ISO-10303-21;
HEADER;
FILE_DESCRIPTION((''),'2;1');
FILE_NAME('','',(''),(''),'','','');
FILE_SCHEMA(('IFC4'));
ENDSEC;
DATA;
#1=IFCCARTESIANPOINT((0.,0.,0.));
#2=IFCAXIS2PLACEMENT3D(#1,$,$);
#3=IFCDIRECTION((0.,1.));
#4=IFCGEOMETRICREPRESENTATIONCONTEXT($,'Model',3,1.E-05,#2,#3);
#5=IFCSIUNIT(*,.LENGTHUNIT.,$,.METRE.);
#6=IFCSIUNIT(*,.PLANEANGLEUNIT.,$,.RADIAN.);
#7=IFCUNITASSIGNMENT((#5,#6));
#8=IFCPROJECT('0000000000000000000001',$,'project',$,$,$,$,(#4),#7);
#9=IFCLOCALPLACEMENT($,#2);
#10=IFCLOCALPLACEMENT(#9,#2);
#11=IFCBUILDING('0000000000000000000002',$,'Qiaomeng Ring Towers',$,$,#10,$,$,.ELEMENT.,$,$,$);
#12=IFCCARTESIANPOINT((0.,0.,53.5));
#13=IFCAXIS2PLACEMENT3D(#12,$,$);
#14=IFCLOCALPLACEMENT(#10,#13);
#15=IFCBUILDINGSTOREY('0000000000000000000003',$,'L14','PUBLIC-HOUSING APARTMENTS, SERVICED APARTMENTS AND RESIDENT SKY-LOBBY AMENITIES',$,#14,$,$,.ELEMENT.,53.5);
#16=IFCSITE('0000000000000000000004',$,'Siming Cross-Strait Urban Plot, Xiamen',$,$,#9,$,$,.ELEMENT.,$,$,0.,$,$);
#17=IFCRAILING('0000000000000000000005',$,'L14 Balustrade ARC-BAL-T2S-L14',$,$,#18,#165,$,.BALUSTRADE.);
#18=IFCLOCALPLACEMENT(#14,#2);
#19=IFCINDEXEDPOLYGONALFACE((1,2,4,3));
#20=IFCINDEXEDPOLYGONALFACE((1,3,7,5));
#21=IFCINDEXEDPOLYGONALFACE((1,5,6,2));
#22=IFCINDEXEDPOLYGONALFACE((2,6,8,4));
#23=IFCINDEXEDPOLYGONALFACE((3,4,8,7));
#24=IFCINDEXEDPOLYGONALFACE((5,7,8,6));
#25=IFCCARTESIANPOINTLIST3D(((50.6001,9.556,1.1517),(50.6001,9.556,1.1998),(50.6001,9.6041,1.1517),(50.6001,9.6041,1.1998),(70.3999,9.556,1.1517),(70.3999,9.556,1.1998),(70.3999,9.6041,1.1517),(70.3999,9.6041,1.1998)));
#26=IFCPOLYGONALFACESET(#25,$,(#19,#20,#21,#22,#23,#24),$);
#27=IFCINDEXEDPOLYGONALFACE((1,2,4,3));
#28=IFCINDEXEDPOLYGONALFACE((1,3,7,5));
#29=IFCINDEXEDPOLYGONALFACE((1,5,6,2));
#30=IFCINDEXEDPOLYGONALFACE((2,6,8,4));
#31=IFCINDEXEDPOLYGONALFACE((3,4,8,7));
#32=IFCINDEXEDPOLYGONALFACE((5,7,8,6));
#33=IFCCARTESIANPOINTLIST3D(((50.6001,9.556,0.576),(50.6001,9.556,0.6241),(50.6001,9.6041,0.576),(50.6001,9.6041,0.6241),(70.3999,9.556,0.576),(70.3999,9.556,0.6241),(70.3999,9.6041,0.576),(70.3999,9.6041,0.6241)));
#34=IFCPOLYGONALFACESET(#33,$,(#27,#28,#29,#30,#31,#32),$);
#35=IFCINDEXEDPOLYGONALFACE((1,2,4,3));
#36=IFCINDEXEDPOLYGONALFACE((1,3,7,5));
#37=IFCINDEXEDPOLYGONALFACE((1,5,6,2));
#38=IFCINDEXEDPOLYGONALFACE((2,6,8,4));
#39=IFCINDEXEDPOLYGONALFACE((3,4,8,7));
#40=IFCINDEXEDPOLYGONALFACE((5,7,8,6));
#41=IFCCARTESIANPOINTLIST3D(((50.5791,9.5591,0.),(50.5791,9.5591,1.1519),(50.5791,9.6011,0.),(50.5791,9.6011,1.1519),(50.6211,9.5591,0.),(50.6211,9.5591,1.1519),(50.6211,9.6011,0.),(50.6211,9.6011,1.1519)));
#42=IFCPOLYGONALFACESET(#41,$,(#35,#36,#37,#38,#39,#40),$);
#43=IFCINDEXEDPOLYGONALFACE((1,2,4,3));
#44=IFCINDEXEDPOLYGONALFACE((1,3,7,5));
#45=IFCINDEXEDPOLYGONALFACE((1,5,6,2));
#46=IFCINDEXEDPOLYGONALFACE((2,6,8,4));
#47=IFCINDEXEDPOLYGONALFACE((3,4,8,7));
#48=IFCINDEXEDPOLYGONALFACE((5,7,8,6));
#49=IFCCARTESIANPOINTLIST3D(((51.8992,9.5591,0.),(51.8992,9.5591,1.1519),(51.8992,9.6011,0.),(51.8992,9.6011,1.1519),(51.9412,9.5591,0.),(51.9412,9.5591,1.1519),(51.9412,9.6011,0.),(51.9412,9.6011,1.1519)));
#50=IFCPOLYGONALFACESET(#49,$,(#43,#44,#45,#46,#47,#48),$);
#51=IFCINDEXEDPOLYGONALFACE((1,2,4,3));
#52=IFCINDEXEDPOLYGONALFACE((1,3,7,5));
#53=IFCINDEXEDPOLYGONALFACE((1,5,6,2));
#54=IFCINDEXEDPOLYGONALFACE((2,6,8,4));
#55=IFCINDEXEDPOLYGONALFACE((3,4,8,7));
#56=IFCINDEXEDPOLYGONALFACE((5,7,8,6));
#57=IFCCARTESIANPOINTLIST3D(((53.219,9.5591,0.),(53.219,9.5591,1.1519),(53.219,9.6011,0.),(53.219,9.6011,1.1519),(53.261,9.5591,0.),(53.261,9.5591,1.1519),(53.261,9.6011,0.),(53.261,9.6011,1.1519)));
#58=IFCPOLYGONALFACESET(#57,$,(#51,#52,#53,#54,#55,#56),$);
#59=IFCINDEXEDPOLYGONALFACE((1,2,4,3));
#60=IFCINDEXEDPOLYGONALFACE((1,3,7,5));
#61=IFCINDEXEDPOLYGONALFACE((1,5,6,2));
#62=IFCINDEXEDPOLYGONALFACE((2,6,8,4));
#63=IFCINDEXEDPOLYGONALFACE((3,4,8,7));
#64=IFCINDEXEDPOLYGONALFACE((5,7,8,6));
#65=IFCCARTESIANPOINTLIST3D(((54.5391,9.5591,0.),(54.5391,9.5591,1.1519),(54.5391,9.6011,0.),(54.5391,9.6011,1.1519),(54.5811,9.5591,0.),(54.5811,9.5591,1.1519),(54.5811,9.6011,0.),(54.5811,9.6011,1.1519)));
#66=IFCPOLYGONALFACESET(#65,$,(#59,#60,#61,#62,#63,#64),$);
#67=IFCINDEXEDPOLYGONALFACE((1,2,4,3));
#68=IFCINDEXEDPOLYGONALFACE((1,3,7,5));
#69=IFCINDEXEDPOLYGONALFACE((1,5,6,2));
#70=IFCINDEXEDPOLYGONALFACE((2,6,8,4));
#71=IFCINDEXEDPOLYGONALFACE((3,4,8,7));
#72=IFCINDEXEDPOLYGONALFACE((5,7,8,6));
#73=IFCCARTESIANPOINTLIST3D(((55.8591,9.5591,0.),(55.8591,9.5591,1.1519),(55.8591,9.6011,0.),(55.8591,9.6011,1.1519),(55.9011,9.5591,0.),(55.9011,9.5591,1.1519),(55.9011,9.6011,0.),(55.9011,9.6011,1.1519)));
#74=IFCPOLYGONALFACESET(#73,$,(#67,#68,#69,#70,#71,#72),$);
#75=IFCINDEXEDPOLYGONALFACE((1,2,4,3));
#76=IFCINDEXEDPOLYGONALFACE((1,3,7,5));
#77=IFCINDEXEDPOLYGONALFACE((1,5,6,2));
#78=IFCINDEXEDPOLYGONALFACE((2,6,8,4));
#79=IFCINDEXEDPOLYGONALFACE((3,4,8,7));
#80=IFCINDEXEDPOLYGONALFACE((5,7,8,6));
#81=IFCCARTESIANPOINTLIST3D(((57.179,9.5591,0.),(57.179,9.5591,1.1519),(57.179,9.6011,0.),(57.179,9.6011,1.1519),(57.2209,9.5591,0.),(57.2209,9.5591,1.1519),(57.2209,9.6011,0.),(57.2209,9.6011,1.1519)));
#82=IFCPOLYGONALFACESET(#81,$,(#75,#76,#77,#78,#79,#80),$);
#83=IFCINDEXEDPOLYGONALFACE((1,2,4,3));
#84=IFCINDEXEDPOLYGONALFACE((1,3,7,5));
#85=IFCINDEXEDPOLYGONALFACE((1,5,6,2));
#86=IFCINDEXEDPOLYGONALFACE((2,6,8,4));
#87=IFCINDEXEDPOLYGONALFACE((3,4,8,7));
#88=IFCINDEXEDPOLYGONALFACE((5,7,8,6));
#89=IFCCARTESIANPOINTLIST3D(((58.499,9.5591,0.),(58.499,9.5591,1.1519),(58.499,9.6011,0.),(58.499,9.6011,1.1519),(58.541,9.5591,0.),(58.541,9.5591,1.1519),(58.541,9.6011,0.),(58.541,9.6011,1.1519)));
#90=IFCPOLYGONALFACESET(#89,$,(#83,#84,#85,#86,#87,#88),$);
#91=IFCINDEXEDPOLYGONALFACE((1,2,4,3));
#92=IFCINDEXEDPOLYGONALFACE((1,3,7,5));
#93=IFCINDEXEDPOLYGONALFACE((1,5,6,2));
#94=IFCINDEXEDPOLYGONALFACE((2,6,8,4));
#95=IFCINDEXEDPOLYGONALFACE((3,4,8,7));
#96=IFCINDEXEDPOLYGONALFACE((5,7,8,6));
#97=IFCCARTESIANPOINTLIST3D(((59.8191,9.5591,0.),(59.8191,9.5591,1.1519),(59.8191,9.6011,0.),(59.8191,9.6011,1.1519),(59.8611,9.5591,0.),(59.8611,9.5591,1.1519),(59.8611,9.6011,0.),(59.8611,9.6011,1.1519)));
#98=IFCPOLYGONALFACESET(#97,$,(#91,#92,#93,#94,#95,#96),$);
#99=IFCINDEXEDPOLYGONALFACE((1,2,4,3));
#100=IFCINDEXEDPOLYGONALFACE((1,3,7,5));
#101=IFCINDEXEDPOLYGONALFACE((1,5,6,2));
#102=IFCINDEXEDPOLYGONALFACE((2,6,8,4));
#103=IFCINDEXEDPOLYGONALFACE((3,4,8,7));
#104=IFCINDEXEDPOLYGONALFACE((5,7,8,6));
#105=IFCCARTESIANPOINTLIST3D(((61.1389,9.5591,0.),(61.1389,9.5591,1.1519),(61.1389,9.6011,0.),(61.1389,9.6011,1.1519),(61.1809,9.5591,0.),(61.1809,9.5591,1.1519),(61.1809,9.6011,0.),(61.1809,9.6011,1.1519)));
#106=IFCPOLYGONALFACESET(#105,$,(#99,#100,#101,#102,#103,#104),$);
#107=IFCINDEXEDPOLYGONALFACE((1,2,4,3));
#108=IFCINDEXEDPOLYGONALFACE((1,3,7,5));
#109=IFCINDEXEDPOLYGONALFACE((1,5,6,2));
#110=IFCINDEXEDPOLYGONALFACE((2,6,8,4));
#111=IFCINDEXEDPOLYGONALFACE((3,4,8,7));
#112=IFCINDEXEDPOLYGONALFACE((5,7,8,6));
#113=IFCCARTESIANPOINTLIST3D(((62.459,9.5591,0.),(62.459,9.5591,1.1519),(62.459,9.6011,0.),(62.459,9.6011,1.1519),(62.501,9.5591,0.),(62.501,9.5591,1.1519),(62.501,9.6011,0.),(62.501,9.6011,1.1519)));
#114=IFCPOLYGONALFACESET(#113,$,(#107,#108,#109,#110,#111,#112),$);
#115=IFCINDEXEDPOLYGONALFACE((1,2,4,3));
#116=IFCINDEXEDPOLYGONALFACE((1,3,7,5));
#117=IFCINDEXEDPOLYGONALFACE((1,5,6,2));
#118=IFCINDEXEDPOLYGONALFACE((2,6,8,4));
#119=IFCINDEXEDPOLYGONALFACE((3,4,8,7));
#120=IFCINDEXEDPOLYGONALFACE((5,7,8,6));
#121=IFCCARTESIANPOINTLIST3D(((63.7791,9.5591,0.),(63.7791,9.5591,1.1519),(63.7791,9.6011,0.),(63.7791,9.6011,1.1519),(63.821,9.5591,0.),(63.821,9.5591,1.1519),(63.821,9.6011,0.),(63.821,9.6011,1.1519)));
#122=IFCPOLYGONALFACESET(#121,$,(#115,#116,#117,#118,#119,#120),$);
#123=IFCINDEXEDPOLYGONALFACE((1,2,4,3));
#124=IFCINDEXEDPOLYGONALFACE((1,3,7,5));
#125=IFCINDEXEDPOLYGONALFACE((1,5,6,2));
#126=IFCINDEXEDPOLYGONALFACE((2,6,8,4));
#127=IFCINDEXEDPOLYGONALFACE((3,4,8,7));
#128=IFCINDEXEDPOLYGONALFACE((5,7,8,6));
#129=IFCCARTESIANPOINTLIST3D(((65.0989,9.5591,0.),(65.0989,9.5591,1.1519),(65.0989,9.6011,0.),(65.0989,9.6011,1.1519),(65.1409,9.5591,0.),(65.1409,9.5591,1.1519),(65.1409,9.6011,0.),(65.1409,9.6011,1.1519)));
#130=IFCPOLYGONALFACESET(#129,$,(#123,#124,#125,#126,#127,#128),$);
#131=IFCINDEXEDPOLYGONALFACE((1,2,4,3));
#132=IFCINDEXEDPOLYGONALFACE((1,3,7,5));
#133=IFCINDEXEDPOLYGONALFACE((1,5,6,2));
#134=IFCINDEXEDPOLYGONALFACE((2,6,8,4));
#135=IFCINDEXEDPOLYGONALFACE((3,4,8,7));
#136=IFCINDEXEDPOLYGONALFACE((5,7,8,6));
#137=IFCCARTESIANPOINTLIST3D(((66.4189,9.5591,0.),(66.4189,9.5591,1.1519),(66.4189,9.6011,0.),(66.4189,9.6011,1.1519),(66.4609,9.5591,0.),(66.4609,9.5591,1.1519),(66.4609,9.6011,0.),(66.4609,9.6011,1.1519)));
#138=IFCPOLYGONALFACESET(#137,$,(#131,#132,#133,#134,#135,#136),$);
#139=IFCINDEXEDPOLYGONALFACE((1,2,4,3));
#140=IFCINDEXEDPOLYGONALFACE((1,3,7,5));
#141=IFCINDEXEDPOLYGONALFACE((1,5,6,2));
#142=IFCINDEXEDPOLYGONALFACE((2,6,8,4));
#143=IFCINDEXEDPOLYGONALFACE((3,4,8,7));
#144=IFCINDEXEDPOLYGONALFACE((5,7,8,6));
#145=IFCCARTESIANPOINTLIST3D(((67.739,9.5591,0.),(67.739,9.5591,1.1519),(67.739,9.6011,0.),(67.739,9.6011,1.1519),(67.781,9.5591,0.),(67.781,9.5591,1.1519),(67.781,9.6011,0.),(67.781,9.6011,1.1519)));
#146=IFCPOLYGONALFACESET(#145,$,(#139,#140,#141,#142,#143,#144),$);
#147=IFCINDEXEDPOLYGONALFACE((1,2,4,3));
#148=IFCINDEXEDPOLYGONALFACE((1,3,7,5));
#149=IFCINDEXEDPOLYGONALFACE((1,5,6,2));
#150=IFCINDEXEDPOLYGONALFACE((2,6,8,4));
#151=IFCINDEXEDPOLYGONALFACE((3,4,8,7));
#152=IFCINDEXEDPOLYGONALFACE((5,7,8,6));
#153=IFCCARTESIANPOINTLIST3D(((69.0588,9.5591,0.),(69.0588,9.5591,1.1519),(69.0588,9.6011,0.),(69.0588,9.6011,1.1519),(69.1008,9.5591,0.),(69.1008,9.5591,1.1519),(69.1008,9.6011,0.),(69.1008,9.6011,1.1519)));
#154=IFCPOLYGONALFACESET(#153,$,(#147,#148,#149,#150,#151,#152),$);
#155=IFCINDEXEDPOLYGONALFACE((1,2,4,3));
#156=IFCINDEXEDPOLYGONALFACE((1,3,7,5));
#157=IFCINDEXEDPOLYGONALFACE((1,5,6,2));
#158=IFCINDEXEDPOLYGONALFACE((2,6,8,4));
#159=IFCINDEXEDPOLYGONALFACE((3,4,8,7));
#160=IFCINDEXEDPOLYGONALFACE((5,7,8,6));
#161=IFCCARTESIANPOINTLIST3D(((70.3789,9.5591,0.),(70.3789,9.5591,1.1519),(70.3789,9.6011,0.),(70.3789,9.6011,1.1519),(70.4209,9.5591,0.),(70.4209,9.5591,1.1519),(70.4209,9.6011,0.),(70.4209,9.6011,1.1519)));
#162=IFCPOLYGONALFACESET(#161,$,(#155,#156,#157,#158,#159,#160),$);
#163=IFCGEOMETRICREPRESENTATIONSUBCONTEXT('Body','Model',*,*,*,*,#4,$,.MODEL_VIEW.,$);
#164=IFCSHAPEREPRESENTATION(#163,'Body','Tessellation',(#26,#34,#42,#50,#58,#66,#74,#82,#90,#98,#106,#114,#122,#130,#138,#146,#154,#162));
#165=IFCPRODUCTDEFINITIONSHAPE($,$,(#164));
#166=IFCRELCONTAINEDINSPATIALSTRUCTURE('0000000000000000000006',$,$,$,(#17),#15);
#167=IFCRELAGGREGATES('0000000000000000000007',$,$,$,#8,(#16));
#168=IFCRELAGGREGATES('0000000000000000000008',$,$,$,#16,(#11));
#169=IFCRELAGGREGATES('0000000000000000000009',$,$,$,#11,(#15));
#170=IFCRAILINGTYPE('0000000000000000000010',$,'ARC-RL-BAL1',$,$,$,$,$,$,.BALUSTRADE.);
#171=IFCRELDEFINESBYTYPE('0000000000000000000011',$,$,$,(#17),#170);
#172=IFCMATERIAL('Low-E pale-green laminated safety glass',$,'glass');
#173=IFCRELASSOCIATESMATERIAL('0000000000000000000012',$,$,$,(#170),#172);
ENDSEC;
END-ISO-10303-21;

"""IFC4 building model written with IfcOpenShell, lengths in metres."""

from ifc_helpers import new_model, si_unit, direction, frame, origin, origin_2d, place, context, subcontext, project, spatial, rectangle, extrude, material, type_object, element, save


model = new_model("IFC4")

# Units and contexts
model_context = context("Model", 3, precision=1e-05, world=origin(), true_north=direction((0.0, 1.0)))
body_context = subcontext(model_context, "Body", "Model", "MODEL_VIEW")
ifc_project = project(units=[si_unit("LENGTHUNIT", "METRE"), si_unit("PLANEANGLEUNIT", "RADIAN")], contexts=[model_context])

# Site, building, storey
site_placement = place(None, origin())
site = spatial("IfcSite", under=ifc_project, at=site_placement, Name="Siming Cross-Strait Urban Plot, Xiamen", CompositionType="ELEMENT", RefElevation=0.0)
building_placement = place(site_placement, origin())
building = spatial("IfcBuilding", under=site, at=building_placement, Name="Qiaomeng Ring Towers", CompositionType="ELEMENT")
storey_placement = place(building_placement, frame((0.0, 0.0, 53.5)))
storey = spatial("IfcBuildingStorey", under=building, at=storey_placement, Name="L14", Description="PUBLIC-HOUSING APARTMENTS, SERVICED APARTMENTS AND RESIDENT SKY-LOBBY AMENITIES", CompositionType="ELEMENT", Elevation=53.5)

# Railing
ifc_material_1 = material(Name="Low-E pale-green laminated safety glass", Category="glass")
railing_type = type_object("IfcRailingType", Name="ARC-RL-BAL1", PredefinedType="BALUSTRADE", material=ifc_material_1)
railing_placement = place(storey_placement, frame((50.6001, 9.5801, 0.0)))
element("IfcRailing", 1, at=railing_placement, inside=storey, type_object=railing_type, Name="L14 Balustrade ARC-BAL-T2S-L14", PredefinedType="BALUSTRADE", context=body_context, shape_type="SweptSolid", body=[
    extrude(rectangle(XDim=0.0481, YDim=0.0481, at=origin_2d()), frame((0.0, 0.0, 1.1758), z_axis=(1.0, 0.0, 0.0), x_axis=(0.0, 1.0, 0.0)), (0.0, 0.0, 1.0), 19.7998),
    extrude(rectangle(XDim=0.0481, YDim=0.0481, at=origin_2d()), frame((0.0, 0.0, 0.6001), z_axis=(1.0, 0.0, 0.0), x_axis=(0.0, 1.0, 0.0)), (0.0, 0.0, 1.0), 19.7998),
    extrude(rectangle(XDim=0.042, YDim=0.042, at=origin_2d()), origin(), (0.0, 0.0, 1.0), 1.1519),
    extrude(rectangle(XDim=0.042, YDim=0.042, at=origin_2d()), frame((1.3201, 0.0, 0.0)), (0.0, 0.0, 1.0), 1.1519),
    extrude(rectangle(XDim=0.042, YDim=0.042, at=origin_2d()), frame((2.6399, 0.0, 0.0)), (0.0, 0.0, 1.0), 1.1519),
    extrude(rectangle(XDim=0.042, YDim=0.042, at=origin_2d()), frame((3.96, 0.0, 0.0)), (0.0, 0.0, 1.0), 1.1519),
    extrude(rectangle(XDim=0.042, YDim=0.042, at=origin_2d()), frame((5.28, 0.0, 0.0)), (0.0, 0.0, 1.0), 1.1519),
    extrude(rectangle(XDim=0.042, YDim=0.042, at=origin_2d()), frame((6.5999, 0.0, 0.0)), (0.0, 0.0, 1.0), 1.1519),
    extrude(rectangle(XDim=0.042, YDim=0.042, at=origin_2d()), frame((7.9199, 0.0, 0.0)), (0.0, 0.0, 1.0), 1.1519),
    extrude(rectangle(XDim=0.042, YDim=0.042, at=origin_2d()), frame((9.24, 0.0, 0.0)), (0.0, 0.0, 1.0), 1.1519),
    extrude(rectangle(XDim=0.042, YDim=0.042, at=origin_2d()), frame((10.5598, 0.0, 0.0)), (0.0, 0.0, 1.0), 1.1519),
    extrude(rectangle(XDim=0.042, YDim=0.042, at=origin_2d()), frame((11.8799, 0.0, 0.0)), (0.0, 0.0, 1.0), 1.1519),
    extrude(rectangle(XDim=0.042, YDim=0.042, at=origin_2d()), frame((13.2, 0.0, 0.0)), (0.0, 0.0, 1.0), 1.1519),
    extrude(rectangle(XDim=0.042, YDim=0.042, at=origin_2d()), frame((14.5198, 0.0, 0.0)), (0.0, 0.0, 1.0), 1.1519),
    extrude(rectangle(XDim=0.042, YDim=0.042, at=origin_2d()), frame((15.8398, 0.0, 0.0)), (0.0, 0.0, 1.0), 1.1519),
    extrude(rectangle(XDim=0.042, YDim=0.042, at=origin_2d()), frame((17.1599, 0.0, 0.0)), (0.0, 0.0, 1.0), 1.1519),
    extrude(rectangle(XDim=0.042, YDim=0.042, at=origin_2d()), frame((18.4797, 0.0, 0.0)), (0.0, 0.0, 1.0), 1.1519),
    extrude(rectangle(XDim=0.042, YDim=0.042, at=origin_2d()), frame((19.7998, 0.0, 0.0)), (0.0, 0.0, 1.0), 1.1519),
])

save(model, "model.ifc")
